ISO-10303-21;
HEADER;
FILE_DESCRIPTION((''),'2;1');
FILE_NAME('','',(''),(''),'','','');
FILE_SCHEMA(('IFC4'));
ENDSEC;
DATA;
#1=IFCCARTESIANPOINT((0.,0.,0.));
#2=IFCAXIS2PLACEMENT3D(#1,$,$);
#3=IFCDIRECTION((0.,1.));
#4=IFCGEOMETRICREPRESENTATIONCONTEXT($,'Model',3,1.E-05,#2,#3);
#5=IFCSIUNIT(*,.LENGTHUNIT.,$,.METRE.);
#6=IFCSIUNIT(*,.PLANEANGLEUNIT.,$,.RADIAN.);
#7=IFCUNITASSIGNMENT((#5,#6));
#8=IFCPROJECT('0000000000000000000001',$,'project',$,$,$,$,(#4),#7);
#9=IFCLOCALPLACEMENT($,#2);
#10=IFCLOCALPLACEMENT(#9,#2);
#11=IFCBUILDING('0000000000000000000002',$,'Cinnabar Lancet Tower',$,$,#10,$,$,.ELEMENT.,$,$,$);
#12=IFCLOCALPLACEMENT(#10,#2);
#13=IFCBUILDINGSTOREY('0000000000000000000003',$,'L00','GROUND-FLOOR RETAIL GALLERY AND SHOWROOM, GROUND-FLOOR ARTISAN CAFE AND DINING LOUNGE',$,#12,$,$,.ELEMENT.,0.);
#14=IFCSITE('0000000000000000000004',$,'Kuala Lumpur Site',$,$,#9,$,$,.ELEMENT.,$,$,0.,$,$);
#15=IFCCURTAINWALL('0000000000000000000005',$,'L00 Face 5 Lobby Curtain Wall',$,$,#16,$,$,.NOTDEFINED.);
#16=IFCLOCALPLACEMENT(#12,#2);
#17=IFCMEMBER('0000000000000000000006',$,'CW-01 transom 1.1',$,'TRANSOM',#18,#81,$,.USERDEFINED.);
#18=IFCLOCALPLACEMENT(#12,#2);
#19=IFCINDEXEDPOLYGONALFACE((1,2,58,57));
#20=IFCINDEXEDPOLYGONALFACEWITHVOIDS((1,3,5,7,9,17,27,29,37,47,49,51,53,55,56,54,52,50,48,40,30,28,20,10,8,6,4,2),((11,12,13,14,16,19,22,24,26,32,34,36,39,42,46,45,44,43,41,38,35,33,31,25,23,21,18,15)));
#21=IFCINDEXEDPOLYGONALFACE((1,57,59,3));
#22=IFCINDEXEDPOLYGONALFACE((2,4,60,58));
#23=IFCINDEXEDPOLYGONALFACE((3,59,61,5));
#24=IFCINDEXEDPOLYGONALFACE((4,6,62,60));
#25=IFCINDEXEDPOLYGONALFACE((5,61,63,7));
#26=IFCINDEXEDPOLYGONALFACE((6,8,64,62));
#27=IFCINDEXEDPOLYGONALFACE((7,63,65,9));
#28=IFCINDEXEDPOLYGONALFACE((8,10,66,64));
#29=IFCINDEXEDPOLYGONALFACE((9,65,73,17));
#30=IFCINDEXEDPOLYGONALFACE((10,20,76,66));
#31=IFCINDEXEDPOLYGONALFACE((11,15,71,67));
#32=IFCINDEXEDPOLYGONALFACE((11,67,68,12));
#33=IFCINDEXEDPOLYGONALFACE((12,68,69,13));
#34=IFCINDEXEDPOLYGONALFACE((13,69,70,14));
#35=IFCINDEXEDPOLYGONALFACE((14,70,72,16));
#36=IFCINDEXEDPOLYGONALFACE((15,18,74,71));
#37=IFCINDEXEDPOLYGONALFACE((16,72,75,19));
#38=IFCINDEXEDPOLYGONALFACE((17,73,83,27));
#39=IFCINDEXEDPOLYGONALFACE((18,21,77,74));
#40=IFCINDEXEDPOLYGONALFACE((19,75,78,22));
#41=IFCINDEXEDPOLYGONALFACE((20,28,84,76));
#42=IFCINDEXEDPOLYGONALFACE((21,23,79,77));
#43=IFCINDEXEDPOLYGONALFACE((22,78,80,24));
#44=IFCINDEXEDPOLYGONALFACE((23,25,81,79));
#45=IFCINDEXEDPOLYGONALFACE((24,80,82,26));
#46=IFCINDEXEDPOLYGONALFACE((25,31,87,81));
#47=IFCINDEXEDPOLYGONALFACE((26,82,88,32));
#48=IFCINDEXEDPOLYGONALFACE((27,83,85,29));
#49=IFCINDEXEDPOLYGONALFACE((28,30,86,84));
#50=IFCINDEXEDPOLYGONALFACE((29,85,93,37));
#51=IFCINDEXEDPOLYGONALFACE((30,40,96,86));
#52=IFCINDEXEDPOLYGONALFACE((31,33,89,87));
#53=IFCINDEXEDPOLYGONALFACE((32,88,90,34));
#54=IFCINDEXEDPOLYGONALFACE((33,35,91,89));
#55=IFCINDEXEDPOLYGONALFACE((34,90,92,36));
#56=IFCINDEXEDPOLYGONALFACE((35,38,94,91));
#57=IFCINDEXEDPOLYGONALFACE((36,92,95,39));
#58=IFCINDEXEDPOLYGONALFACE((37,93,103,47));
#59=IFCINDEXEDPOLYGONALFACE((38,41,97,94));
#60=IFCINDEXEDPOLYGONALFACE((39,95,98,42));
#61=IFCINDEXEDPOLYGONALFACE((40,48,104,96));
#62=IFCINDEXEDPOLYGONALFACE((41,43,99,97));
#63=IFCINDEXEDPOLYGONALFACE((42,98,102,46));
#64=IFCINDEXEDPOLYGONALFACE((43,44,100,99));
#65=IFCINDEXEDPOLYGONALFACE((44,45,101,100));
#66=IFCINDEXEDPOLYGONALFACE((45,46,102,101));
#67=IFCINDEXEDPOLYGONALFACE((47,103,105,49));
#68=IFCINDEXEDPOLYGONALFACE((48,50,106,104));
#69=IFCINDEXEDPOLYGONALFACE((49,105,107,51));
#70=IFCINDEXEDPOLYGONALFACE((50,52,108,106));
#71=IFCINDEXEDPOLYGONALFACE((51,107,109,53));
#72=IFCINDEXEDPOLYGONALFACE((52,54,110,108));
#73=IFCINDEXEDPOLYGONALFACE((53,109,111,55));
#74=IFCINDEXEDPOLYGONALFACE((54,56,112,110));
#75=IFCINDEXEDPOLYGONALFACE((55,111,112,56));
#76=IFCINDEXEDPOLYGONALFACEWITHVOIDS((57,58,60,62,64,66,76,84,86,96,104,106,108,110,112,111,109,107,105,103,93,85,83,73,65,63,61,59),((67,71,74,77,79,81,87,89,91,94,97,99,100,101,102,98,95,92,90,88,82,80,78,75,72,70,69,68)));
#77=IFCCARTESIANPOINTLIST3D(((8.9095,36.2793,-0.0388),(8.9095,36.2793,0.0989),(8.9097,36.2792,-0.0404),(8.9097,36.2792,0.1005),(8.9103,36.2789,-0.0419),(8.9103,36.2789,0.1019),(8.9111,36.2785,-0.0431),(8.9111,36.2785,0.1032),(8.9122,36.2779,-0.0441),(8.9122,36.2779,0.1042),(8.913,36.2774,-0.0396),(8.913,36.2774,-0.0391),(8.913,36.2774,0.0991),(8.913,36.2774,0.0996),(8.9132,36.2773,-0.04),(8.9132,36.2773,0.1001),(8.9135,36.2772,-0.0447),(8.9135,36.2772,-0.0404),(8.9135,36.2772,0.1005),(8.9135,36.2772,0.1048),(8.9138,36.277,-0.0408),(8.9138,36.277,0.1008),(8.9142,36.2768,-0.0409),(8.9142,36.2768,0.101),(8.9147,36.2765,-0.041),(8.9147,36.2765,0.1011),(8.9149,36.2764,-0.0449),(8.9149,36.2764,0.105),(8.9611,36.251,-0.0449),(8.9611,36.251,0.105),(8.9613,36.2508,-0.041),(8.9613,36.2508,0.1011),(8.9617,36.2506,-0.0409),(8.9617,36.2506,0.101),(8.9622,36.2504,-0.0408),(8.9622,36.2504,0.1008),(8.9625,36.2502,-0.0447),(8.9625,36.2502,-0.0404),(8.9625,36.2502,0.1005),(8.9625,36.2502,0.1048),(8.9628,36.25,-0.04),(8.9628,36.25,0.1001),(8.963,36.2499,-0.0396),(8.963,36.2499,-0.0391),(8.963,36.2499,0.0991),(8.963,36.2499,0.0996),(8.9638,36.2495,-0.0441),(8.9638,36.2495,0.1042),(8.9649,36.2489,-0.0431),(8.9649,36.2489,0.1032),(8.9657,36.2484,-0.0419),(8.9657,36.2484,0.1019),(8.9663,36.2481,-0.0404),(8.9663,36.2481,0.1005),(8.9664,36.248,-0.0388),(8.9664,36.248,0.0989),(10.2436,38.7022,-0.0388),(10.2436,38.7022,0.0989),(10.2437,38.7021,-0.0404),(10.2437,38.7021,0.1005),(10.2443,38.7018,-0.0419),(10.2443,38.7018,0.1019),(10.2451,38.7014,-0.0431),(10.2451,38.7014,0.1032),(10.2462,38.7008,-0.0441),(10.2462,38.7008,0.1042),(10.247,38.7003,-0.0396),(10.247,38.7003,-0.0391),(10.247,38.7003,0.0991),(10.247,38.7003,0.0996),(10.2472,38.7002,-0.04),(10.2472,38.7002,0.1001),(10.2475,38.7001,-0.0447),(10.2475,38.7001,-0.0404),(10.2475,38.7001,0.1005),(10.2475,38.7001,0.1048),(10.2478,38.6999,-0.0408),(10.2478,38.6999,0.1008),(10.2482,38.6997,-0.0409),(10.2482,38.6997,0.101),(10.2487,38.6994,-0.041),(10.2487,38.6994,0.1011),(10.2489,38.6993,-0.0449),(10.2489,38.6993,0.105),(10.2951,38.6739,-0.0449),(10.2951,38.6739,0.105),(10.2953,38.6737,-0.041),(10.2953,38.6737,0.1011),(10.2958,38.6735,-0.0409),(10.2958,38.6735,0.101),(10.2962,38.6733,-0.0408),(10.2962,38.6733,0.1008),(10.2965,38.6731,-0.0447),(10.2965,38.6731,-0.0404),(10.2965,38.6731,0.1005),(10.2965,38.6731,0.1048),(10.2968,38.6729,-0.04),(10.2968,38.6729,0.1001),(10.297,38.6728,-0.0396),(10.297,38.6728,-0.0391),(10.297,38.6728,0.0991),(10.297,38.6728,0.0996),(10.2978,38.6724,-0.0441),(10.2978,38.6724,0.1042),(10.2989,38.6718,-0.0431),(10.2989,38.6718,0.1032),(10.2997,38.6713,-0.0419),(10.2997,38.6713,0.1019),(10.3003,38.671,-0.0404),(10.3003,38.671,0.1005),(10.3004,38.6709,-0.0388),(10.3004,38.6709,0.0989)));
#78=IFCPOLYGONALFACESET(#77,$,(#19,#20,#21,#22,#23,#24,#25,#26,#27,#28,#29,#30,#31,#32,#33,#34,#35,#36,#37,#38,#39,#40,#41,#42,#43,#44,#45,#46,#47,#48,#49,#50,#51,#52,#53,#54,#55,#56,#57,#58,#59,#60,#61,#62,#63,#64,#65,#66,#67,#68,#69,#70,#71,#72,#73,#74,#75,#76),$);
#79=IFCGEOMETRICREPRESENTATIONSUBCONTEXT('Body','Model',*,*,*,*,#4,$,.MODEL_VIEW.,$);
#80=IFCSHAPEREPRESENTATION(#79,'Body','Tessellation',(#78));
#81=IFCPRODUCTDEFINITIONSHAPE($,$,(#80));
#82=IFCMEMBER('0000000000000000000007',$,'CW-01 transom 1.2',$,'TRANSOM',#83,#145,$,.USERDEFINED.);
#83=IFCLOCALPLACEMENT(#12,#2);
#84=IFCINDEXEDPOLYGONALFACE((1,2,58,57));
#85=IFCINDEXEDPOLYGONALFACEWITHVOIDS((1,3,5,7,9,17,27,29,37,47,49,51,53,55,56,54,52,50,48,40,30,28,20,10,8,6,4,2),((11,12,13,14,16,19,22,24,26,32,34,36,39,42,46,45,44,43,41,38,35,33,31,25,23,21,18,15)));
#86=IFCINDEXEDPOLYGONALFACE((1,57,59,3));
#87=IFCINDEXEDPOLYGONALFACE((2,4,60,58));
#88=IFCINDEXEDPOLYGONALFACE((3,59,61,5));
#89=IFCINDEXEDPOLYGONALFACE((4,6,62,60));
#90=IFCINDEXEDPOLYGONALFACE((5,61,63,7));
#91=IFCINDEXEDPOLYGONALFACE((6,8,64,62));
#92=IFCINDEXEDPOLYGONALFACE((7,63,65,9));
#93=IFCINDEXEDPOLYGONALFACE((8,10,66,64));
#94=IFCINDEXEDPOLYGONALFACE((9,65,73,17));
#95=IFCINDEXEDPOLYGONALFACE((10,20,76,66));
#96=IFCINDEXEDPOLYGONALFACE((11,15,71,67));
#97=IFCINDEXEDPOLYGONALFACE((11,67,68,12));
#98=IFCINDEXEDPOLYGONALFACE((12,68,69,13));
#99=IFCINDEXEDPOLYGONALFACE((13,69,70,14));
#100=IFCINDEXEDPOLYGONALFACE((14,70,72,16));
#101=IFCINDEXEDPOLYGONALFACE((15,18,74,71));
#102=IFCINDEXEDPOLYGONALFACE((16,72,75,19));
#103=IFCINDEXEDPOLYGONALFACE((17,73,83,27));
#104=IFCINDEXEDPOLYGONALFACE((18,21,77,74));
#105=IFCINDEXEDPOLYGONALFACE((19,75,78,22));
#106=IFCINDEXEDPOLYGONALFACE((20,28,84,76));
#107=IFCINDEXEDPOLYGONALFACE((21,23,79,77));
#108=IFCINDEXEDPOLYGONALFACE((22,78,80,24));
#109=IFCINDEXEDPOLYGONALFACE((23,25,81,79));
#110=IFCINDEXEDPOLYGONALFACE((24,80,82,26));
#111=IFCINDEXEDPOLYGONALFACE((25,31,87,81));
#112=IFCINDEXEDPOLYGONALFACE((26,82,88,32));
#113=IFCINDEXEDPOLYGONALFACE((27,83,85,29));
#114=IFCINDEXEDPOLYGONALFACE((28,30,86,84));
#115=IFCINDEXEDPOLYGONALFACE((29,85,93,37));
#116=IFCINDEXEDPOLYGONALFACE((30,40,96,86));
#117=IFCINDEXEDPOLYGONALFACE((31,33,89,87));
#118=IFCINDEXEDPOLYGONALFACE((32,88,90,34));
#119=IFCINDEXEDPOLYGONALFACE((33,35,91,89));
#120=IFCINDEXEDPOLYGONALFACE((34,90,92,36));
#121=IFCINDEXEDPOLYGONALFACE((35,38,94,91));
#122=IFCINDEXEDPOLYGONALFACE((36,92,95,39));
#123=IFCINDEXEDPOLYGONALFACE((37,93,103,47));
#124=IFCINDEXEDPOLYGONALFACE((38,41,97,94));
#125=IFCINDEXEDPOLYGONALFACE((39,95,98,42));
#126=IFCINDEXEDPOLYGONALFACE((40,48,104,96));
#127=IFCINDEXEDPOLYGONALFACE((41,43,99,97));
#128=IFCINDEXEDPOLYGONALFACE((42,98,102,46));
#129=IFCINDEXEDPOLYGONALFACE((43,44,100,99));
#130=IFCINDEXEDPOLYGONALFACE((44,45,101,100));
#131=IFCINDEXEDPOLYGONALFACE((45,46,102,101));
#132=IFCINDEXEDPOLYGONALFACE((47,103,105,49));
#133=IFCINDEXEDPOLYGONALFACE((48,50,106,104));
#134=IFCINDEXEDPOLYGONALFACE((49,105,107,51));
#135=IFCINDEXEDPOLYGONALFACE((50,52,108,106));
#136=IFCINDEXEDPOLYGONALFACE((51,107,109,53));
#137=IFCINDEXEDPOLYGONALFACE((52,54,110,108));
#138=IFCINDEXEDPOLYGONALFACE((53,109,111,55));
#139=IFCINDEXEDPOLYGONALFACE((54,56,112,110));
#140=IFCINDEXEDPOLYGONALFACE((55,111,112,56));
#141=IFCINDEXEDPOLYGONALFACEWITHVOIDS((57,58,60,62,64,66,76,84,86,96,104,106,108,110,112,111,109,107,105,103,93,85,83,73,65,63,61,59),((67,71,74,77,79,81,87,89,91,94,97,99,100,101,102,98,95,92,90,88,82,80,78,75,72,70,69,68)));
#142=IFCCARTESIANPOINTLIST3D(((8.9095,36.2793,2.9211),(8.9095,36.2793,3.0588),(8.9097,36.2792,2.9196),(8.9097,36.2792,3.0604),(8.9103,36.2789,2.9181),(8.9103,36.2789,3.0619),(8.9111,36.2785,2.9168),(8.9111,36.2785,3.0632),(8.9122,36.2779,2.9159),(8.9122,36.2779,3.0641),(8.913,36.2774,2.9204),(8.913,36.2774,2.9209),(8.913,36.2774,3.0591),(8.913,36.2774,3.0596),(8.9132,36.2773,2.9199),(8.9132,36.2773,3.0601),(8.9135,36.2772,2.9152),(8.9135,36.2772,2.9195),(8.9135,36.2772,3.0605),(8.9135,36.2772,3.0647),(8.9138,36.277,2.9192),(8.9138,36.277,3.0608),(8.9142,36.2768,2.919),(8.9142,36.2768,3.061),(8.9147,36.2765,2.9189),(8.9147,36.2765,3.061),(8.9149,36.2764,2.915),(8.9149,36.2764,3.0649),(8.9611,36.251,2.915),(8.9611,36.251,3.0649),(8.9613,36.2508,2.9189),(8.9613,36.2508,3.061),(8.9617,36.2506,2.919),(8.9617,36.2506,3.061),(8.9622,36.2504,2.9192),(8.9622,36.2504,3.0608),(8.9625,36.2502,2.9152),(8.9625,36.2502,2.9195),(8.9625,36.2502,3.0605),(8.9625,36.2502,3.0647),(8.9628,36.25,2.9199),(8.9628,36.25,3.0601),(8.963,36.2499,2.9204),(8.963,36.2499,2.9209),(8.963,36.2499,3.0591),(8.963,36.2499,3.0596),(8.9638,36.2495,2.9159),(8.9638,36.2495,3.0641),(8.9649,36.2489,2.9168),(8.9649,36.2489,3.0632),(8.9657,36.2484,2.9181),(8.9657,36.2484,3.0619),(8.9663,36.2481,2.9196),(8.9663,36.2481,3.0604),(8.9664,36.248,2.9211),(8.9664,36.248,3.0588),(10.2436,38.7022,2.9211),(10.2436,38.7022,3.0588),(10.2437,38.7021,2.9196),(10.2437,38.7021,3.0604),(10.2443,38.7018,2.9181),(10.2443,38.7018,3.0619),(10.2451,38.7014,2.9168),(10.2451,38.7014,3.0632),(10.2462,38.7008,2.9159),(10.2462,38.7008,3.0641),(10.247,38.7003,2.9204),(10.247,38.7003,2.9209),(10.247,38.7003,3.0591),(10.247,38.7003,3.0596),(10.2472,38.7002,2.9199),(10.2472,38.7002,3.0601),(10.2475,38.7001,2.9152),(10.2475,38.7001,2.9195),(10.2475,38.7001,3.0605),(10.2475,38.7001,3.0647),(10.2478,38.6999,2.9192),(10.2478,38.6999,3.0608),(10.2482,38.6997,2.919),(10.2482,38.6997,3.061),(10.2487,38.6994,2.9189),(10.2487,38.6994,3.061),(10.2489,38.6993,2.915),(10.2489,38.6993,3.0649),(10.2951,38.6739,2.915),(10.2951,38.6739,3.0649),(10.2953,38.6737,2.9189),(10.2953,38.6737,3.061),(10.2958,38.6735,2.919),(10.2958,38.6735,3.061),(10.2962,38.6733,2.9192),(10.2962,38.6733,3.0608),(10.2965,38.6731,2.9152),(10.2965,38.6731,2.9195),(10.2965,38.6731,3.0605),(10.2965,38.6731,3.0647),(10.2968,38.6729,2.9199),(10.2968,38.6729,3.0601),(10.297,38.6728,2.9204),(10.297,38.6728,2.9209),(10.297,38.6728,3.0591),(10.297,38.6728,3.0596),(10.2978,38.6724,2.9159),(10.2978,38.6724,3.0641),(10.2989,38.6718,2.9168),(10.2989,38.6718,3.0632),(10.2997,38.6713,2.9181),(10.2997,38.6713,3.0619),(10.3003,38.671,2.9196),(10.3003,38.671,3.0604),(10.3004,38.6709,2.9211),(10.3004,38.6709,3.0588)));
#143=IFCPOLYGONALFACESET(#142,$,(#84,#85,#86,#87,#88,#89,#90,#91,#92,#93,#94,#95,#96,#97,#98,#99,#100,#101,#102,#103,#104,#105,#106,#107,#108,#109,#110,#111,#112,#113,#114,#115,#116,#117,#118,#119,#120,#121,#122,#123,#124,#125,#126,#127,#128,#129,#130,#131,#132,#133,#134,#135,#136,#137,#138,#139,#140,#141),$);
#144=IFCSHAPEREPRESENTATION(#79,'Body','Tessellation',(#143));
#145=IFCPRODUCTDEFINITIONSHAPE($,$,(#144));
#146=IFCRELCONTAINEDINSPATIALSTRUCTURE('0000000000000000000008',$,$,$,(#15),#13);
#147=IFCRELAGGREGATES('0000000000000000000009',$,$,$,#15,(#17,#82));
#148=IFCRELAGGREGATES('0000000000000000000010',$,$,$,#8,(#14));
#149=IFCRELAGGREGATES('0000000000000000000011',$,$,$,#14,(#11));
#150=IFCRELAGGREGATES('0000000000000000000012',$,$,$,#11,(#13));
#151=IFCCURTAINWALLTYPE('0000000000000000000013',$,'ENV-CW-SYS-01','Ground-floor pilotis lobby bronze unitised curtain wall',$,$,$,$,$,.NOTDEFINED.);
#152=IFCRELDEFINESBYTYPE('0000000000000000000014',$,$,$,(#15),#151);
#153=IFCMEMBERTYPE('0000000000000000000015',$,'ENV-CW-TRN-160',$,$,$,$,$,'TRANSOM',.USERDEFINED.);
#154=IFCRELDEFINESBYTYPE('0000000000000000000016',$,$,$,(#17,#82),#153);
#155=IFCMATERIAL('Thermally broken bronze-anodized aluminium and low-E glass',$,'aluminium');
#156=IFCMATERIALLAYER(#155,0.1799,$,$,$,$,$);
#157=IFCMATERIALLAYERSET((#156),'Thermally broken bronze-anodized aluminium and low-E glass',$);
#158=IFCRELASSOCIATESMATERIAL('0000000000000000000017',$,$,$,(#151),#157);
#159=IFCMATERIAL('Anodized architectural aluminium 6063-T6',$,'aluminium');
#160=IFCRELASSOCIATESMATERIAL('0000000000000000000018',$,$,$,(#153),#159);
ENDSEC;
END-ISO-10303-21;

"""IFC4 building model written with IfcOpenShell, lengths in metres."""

from ifc_helpers import new_model, si_unit, direction, frame, origin, origin_2d, place, context, subcontext, project, spatial, hollow_rectangle, extrude, material, layer, layer_set, material_profile, profile_set, type_object, element, aggregate, save


model = new_model("IFC4")

# Units and contexts
model_context = context("Model", 3, precision=1e-05, world=origin(), true_north=direction((0.0, 1.0)))
body_context = subcontext(model_context, "Body", "Model", "MODEL_VIEW")
ifc_project = project(units=[si_unit("LENGTHUNIT", "METRE"), si_unit("PLANEANGLEUNIT", "RADIAN")], contexts=[model_context])

# Site, building, storey
site_placement = place(None, origin())
site = spatial("IfcSite", under=ifc_project, at=site_placement, Name="Kuala Lumpur Site", CompositionType="ELEMENT", RefElevation=0.0)
building_placement = place(site_placement, origin())
building = spatial("IfcBuilding", under=site, at=building_placement, Name="Cinnabar Lancet Tower", CompositionType="ELEMENT")
storey_placement = place(building_placement, origin())
storey = spatial("IfcBuildingStorey", under=building, at=storey_placement, Name="L00", Description="GROUND-FLOOR RETAIL GALLERY AND SHOWROOM, GROUND-FLOOR ARTISAN CAFE AND DINING LOUNGE", CompositionType="ELEMENT", Elevation=0.0)

# Curtain wall, members
ifc_material_1 = material(Name="Thermally broken bronze-anodized aluminium and low-E glass", Category="aluminium")
ifc_layer_1 = layer(ifc_material_1, 0.1799)
ifc_layer_set_1 = layer_set([ifc_layer_1], Name="Thermally broken bronze-anodized aluminium and low-E glass")
curtain_wall_type = type_object("IfcCurtainWallType", Name="ENV-CW-SYS-01", Description="Ground-floor pilotis lobby bronze unitised curtain wall", PredefinedType="NOTDEFINED", material=ifc_layer_set_1)
curtain_wall_placement = place(storey_placement, origin())
curtain_wall = element("IfcCurtainWall", 1, at=curtain_wall_placement, inside=storey, type_object=curtain_wall_type, Name="L00 Face 5 Lobby Curtain Wall", PredefinedType="NOTDEFINED")
ifc_material_2 = material(Name="Anodized architectural aluminium 6063-T6", Category="aluminium")
ifc_material_profile_1 = material_profile(ifc_material_2, hollow_rectangle(XDim=0.0649, YDim=0.1499, WallThickness=0.0039, InnerFilletRadius=0.002, OuterFilletRadius=0.0061, at=origin_2d()), Name="CW-TRN 150x65x4")
ifc_profile_set_1 = profile_set([ifc_material_profile_1], Name="Anodized architectural aluminium 6063-T6")
member_type_1 = type_object("IfcMemberType", Name="ENV-CW-TRN-160", ElementType="TRANSOM", PredefinedType="USERDEFINED", material=ifc_profile_set_1)
member_1_placement = place(storey_placement, frame((8.938, 36.2637, 0.03), z_axis=(0.482312, 0.876, 0.0), x_axis=(-0.876, 0.482312, 0.0)))
member_1 = element("IfcMember", 2, at=member_1_placement, type_object=member_type_1, Name="CW-01 transom 1.1", ObjectType="TRANSOM", PredefinedType="USERDEFINED", context=body_context, shape_type="SweptSolid", body=[
    extrude(hollow_rectangle(XDim=0.0649, YDim=0.1499, WallThickness=0.0039, InnerFilletRadius=0.002, OuterFilletRadius=0.0061, at=origin_2d()), origin(), (0.0, 0.0, 1.0), 2.7659),
])
member_2_placement = place(storey_placement, frame((8.938, 36.2637, 2.99), z_axis=(0.482312, 0.876, 0.0), x_axis=(-0.876, 0.482312, 0.0)))
member_2 = element("IfcMember", 3, at=member_2_placement, type_object=member_type_1, Name="CW-01 transom 1.2", ObjectType="TRANSOM", PredefinedType="USERDEFINED", context=body_context, shape_type="SweptSolid", body=[
    extrude(hollow_rectangle(XDim=0.0649, YDim=0.1499, WallThickness=0.0039, InnerFilletRadius=0.002, OuterFilletRadius=0.0061, at=origin_2d()), origin(), (0.0, 0.0, 1.0), 2.7659),
])

aggregate(curtain_wall, [member_1, member_2])

save(model, "model.ifc")
